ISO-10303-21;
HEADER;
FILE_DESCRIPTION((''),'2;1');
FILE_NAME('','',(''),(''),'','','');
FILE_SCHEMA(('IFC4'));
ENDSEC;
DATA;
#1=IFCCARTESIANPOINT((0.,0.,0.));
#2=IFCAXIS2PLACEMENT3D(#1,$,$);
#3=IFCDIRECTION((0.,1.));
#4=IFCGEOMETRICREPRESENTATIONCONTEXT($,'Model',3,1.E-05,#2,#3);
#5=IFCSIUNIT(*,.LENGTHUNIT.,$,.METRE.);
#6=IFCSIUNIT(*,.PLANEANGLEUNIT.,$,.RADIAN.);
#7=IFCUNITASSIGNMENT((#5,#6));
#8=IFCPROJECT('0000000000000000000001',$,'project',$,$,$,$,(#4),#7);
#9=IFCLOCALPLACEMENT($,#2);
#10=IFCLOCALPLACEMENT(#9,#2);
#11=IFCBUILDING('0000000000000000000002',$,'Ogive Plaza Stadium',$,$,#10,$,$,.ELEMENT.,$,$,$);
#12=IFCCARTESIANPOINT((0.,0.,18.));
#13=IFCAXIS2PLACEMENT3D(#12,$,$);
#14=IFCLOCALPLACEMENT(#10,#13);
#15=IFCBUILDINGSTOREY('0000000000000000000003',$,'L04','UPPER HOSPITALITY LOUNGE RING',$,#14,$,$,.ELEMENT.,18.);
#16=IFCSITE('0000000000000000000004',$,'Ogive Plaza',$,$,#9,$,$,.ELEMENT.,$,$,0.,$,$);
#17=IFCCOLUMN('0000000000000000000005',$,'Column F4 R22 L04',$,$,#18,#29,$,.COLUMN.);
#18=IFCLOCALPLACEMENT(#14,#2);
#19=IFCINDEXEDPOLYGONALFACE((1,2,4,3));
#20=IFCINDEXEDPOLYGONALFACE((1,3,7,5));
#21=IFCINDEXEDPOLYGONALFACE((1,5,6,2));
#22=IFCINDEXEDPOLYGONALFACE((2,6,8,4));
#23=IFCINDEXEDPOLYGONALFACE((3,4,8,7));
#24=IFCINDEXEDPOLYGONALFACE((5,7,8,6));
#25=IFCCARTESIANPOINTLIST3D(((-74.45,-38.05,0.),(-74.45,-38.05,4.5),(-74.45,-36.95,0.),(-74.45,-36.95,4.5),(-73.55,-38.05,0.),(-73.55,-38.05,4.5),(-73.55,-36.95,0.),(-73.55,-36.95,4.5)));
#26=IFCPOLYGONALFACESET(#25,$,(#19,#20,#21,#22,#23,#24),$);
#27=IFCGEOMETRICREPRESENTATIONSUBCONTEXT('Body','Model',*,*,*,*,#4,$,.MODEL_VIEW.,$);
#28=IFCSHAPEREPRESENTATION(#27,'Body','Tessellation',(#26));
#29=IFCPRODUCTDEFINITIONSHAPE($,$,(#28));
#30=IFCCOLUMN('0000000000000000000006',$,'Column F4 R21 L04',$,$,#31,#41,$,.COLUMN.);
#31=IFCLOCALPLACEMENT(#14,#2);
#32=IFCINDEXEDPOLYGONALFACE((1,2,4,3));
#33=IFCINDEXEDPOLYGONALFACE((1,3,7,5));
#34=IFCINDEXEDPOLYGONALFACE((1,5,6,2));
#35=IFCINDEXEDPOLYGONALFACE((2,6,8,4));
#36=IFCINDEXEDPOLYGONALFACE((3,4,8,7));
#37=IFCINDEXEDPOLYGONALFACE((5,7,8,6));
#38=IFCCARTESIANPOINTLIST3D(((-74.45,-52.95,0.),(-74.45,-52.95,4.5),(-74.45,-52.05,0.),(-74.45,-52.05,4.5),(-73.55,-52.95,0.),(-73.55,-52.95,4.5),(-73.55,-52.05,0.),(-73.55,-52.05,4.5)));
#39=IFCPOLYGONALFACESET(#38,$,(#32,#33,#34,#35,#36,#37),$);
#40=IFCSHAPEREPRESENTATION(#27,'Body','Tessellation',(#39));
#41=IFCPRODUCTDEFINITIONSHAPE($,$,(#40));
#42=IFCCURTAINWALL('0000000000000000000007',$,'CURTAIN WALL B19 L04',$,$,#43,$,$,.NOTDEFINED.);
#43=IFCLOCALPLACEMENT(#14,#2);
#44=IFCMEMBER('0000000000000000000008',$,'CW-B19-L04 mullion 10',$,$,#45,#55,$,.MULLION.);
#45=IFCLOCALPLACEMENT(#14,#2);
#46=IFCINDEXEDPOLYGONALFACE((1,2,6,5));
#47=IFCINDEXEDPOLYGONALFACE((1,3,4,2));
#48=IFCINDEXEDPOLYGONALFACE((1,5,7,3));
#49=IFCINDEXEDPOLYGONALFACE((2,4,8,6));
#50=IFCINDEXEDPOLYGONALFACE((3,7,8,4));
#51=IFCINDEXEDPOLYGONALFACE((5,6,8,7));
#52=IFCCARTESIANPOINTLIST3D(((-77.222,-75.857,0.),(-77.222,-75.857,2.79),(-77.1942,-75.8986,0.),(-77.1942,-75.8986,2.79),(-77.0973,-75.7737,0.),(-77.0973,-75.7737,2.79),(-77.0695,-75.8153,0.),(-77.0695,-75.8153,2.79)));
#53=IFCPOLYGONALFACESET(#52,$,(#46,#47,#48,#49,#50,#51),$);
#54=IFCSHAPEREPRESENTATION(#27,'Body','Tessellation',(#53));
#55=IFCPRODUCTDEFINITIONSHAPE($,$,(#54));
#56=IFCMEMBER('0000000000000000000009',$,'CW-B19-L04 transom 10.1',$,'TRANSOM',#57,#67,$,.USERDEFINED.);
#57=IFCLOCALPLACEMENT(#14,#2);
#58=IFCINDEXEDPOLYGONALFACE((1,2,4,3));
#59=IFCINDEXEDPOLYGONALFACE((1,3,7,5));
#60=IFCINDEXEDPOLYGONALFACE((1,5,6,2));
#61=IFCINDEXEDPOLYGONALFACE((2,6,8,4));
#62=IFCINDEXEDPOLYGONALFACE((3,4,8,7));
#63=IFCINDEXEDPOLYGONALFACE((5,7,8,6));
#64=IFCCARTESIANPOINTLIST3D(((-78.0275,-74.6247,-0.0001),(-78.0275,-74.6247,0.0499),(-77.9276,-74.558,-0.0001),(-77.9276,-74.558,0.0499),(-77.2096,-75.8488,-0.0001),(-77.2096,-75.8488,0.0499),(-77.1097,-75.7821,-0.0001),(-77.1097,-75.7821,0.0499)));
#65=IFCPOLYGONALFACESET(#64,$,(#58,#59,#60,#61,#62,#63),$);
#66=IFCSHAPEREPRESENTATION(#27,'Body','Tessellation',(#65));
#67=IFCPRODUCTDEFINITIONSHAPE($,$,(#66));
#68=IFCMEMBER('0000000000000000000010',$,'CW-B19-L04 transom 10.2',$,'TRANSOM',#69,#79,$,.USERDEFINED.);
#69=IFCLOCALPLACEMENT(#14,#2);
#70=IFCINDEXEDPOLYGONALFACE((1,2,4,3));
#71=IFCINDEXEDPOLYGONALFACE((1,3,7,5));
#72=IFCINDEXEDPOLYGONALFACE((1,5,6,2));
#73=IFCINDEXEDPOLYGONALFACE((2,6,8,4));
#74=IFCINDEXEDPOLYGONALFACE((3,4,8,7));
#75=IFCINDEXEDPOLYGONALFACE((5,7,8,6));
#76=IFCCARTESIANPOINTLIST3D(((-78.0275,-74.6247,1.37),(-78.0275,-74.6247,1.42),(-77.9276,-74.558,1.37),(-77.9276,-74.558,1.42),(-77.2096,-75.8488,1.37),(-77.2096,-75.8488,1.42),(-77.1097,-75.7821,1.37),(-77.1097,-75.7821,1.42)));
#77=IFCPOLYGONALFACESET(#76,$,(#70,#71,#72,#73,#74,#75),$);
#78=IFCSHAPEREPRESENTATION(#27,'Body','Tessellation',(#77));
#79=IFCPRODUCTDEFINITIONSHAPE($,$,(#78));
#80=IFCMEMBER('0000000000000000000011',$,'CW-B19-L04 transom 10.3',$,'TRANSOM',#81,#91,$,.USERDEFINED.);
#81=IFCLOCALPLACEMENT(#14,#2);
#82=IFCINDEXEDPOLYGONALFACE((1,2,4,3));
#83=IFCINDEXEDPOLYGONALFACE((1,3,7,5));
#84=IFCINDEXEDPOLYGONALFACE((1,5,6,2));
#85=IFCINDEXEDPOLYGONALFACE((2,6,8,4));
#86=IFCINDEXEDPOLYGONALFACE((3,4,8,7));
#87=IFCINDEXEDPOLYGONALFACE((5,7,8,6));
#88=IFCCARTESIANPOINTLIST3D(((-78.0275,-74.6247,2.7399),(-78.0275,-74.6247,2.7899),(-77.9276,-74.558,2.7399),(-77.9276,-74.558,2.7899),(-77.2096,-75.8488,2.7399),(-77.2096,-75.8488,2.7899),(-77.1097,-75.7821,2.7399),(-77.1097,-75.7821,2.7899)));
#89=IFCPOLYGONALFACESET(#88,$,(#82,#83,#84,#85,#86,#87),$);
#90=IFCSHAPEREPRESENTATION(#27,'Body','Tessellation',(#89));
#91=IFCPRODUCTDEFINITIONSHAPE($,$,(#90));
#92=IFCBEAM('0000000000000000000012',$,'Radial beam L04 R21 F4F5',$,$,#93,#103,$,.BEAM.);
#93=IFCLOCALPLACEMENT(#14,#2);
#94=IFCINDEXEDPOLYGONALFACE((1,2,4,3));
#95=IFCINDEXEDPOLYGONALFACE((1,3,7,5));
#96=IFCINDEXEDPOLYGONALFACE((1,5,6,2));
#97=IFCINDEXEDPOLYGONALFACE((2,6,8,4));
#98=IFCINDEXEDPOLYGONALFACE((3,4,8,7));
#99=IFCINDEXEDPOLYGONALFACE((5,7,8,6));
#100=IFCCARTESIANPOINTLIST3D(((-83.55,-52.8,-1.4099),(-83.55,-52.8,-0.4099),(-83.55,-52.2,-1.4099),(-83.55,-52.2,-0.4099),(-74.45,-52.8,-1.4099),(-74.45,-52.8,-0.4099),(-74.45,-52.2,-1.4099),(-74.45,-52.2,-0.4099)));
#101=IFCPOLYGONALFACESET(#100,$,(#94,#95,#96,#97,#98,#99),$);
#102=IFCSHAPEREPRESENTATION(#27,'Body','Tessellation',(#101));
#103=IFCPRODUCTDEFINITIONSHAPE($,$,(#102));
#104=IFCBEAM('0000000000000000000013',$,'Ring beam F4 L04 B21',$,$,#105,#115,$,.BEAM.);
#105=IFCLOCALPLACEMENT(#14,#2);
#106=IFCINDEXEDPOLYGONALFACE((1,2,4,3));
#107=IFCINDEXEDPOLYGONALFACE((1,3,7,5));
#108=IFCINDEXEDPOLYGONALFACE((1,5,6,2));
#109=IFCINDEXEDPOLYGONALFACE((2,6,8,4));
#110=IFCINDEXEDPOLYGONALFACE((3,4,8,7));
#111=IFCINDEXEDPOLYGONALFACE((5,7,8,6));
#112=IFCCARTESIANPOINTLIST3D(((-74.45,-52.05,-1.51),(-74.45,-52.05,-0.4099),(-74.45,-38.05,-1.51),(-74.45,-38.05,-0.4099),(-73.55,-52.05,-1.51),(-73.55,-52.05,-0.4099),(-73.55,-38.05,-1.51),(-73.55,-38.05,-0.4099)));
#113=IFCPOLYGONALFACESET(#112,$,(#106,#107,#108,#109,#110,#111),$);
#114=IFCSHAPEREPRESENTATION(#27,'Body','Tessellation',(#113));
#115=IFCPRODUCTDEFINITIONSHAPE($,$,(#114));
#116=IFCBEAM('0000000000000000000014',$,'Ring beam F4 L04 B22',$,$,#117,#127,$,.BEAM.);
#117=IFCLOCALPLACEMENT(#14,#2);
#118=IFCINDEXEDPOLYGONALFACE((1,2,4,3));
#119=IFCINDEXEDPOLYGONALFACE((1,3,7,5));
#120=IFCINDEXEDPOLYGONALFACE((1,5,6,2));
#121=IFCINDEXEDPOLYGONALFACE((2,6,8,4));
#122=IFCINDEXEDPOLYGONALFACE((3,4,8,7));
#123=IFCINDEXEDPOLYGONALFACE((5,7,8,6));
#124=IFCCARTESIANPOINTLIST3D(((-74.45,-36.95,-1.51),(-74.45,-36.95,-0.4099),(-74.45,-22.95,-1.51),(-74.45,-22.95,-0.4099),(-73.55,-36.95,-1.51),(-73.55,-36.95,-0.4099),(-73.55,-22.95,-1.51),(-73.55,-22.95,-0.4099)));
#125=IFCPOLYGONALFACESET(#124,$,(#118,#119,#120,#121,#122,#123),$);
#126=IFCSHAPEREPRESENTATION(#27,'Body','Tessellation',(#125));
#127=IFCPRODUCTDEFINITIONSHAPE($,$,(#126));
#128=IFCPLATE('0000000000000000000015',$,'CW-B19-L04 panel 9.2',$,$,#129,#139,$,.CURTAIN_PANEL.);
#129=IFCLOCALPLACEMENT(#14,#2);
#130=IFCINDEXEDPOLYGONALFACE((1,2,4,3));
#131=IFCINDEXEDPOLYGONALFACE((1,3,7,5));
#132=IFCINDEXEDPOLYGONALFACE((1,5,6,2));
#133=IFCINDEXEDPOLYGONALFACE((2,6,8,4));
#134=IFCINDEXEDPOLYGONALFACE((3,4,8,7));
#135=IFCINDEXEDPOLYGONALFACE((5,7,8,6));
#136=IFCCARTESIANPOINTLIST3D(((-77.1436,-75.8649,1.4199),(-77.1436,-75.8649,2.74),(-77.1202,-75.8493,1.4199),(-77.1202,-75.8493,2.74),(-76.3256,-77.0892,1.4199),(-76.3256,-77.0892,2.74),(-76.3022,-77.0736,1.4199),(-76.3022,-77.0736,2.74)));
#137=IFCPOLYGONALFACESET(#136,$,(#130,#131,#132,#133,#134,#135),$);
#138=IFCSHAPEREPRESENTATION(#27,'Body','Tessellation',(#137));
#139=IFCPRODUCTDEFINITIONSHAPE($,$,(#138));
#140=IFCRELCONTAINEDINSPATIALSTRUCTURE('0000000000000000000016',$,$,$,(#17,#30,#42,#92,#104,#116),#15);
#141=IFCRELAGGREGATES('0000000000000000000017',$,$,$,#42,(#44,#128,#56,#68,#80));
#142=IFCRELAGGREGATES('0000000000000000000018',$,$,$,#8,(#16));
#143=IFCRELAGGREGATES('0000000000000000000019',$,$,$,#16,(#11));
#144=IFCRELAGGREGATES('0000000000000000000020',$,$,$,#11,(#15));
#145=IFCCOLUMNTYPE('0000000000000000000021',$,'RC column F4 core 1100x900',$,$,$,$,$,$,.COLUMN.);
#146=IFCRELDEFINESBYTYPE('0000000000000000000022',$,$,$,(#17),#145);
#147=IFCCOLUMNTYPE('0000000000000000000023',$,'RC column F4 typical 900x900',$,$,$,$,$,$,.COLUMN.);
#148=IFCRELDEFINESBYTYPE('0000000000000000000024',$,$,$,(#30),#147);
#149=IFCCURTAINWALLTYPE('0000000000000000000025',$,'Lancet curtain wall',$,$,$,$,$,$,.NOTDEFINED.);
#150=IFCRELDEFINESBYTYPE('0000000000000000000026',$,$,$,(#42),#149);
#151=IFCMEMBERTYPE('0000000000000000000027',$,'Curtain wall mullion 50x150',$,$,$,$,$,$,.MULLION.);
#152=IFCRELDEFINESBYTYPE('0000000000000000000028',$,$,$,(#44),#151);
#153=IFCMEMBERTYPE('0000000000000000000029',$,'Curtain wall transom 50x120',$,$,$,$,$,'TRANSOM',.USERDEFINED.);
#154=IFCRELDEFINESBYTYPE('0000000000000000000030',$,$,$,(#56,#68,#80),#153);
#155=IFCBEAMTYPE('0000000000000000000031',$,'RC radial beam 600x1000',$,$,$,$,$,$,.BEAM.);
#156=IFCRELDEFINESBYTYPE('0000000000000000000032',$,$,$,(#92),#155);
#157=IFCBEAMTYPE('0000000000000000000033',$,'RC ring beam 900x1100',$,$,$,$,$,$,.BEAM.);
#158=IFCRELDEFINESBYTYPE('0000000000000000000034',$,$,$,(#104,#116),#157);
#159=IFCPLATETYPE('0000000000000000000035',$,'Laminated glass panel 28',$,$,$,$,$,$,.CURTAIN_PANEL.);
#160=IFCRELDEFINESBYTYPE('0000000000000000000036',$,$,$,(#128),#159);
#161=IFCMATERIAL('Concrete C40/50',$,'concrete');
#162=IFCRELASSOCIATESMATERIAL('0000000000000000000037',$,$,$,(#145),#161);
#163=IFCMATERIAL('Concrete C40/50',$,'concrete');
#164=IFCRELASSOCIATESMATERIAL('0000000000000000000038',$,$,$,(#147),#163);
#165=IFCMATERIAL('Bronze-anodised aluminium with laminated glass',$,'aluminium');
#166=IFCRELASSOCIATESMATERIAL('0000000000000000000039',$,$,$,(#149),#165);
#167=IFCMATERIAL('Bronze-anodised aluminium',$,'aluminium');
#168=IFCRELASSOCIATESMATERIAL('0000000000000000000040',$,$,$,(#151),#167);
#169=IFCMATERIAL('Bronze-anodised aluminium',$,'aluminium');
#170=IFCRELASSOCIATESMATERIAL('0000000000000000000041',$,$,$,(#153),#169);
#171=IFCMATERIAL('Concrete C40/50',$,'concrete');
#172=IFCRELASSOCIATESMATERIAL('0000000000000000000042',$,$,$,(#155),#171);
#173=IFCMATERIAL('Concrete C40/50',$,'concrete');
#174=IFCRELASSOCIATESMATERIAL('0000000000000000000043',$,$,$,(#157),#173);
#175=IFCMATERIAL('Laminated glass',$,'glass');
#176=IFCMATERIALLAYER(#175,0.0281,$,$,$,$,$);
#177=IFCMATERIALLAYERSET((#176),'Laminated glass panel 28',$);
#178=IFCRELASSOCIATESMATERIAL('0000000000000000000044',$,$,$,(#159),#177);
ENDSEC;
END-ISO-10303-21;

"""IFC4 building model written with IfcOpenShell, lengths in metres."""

from ifc_helpers import new_model, si_unit, direction, frame, origin, origin_2d, place, context, subcontext, project, spatial, rectangle, extrude, material, layer, layer_set, material_profile, profile_set, type_object, element, aggregate, save


model = new_model("IFC4")

# Units and contexts
model_context = context("Model", 3, precision=1e-05, world=origin(), true_north=direction((0.0, 1.0)))
body_context = subcontext(model_context, "Body", "Model", "MODEL_VIEW")
ifc_project = project(units=[si_unit("LENGTHUNIT", "METRE"), si_unit("PLANEANGLEUNIT", "RADIAN")], contexts=[model_context])

# Site, building, storey
site_placement = place(None, origin())
site = spatial("IfcSite", under=ifc_project, at=site_placement, Name="Ogive Plaza", CompositionType="ELEMENT", RefElevation=0.0)
building_placement = place(site_placement, origin())
building = spatial("IfcBuilding", under=site, at=building_placement, Name="Ogive Plaza Stadium", CompositionType="ELEMENT")
storey_placement = place(building_placement, frame((0.0, 0.0, 18.0)))
storey = spatial("IfcBuildingStorey", under=building, at=storey_placement, Name="L04", Description="UPPER HOSPITALITY LOUNGE RING", CompositionType="ELEMENT", Elevation=18.0)

# Columns
ifc_material_1 = material(Name="Concrete C40/50", Category="concrete")
ifc_material_profile_1 = material_profile(ifc_material_1, rectangle(XDim=1.1001, YDim=0.8999, at=origin_2d()), Name="RC 1100x900")
ifc_profile_set_1 = profile_set([ifc_material_profile_1], Name="Concrete C40/50")
column_type_1 = type_object("IfcColumnType", Name="RC column F4 core 1100x900", PredefinedType="COLUMN", material=ifc_profile_set_1)
column_1_placement = place(storey_placement, frame((-74.0, -37.5, 0.0), z_axis=(0.0, 0.0, 1.0), x_axis=(0.0, -1.0, 0.0)))
element("IfcColumn", 1, at=column_1_placement, inside=storey, type_object=column_type_1, Name="Column F4 R22 L04", PredefinedType="COLUMN", context=body_context, shape_type="SweptSolid", body=[
    extrude(rectangle(XDim=1.1001, YDim=0.8999, at=origin_2d()), origin(), (0.0, 0.0, 1.0), 4.5),
])
ifc_material_2 = material(Name="Concrete C40/50", Category="concrete")
ifc_material_profile_2 = material_profile(ifc_material_2, rectangle(XDim=0.8999, YDim=0.8999, at=origin_2d()), Name="RC 900x900")
ifc_profile_set_2 = profile_set([ifc_material_profile_2], Name="Concrete C40/50")
column_type_2 = type_object("IfcColumnType", Name="RC column F4 typical 900x900", PredefinedType="COLUMN", material=ifc_profile_set_2)
column_2_placement = place(storey_placement, frame((-74.0, -52.5, 0.0), z_axis=(0.0, 0.0, 1.0), x_axis=(0.0, -1.0, 0.0)))
element("IfcColumn", 2, at=column_2_placement, inside=storey, type_object=column_type_2, Name="Column F4 R21 L04", PredefinedType="COLUMN", context=body_context, shape_type="SweptSolid", body=[
    extrude(rectangle(XDim=0.8999, YDim=0.8999, at=origin_2d()), origin(), (0.0, 0.0, 1.0), 4.5),
])

# Curtain wall, members
ifc_material_3 = material(Name="Bronze-anodised aluminium with laminated glass", Category="aluminium")
curtain_wall_type = type_object("IfcCurtainWallType", Name="Lancet curtain wall", PredefinedType="NOTDEFINED", material=ifc_material_3)
curtain_wall_placement = place(storey_placement, origin())
curtain_wall = element("IfcCurtainWall", 3, at=curtain_wall_placement, inside=storey, type_object=curtain_wall_type, Name="CURTAIN WALL B19 L04", PredefinedType="NOTDEFINED")
ifc_material_4 = material(Name="Bronze-anodised aluminium", Category="aluminium")
ifc_material_profile_3 = material_profile(ifc_material_4, rectangle(XDim=0.1499, YDim=0.05, at=origin_2d()), Name="AL 150x50")
ifc_profile_set_3 = profile_set([ifc_material_profile_3], Name="Bronze-anodised aluminium")
member_type_1 = type_object("IfcMemberType", Name="Curtain wall mullion 50x150", PredefinedType="MULLION", material=ifc_profile_set_3)
member_1_placement = place(storey_placement, frame((-77.1458, -75.8362, 0.0), z_axis=(0.0, 0.0, 1.0), x_axis=(-0.83147, -0.55557, 0.0)))
member_1 = element("IfcMember", 4, at=member_1_placement, type_object=member_type_1, Name="CW-B19-L04 mullion 10", PredefinedType="MULLION", context=body_context, shape_type="SweptSolid", body=[
    extrude(rectangle(XDim=0.1499, YDim=0.05, at=origin_2d()), origin(), (0.0, 0.0, 1.0), 2.79),
])
ifc_material_5 = material(Name="Bronze-anodised aluminium", Category="aluminium")
ifc_material_profile_4 = material_profile(ifc_material_5, rectangle(XDim=0.1201, YDim=0.05, at=origin_2d()), Name="AL 120x50")
ifc_profile_set_4 = profile_set([ifc_material_profile_4], Name="Bronze-anodised aluminium")
member_type_2 = type_object("IfcMemberType", Name="Curtain wall transom 50x120", ElementType="TRANSOM", PredefinedType="USERDEFINED", material=ifc_profile_set_4)
member_2_placement = place(storey_placement, frame((-77.1597, -75.8154, 0.0249), z_axis=(-0.555542, 0.831489, 0.0), x_axis=(-0.831489, -0.555542, 0.0)))
member_2 = element("IfcMember", 5, at=member_2_placement, type_object=member_type_2, Name="CW-B19-L04 transom 10.1", ObjectType="TRANSOM", PredefinedType="USERDEFINED", context=body_context, shape_type="SweptSolid", body=[
    extrude(rectangle(XDim=0.1201, YDim=0.05, at=origin_2d()), origin(), (0.0, 0.0, 1.0), 1.4722),
])
member_3_placement = place(storey_placement, frame((-77.1597, -75.8154, 1.395), z_axis=(-0.555542, 0.831489, 0.0), x_axis=(-0.831489, -0.555542, 0.0)))
member_3 = element("IfcMember", 6, at=member_3_placement, type_object=member_type_2, Name="CW-B19-L04 transom 10.2", ObjectType="TRANSOM", PredefinedType="USERDEFINED", context=body_context, shape_type="SweptSolid", body=[
    extrude(rectangle(XDim=0.1201, YDim=0.05, at=origin_2d()), origin(), (0.0, 0.0, 1.0), 1.4722),
])
member_4_placement = place(storey_placement, frame((-77.1597, -75.8154, 2.7649), z_axis=(-0.555542, 0.831489, 0.0), x_axis=(-0.831489, -0.555542, 0.0)))
member_4 = element("IfcMember", 7, at=member_4_placement, type_object=member_type_2, Name="CW-B19-L04 transom 10.3", ObjectType="TRANSOM", PredefinedType="USERDEFINED", context=body_context, shape_type="SweptSolid", body=[
    extrude(rectangle(XDim=0.1201, YDim=0.05, at=origin_2d()), origin(), (0.0, 0.0, 1.0), 1.4722),
])

# Beams
ifc_material_6 = material(Name="Concrete C40/50", Category="concrete")
ifc_material_profile_5 = material_profile(ifc_material_6, rectangle(XDim=0.6001, YDim=1.0, at=origin_2d()), Name="RC 600x1000")
ifc_profile_set_5 = profile_set([ifc_material_profile_5], Name="Concrete C40/50")
beam_type_1 = type_object("IfcBeamType", Name="RC radial beam 600x1000", PredefinedType="BEAM", material=ifc_profile_set_5)
beam_placement = place(storey_placement, frame((-74.45, -52.5, -0.9099), z_axis=(-1.0, 0.0, 0.0), x_axis=(0.0, -1.0, 0.0)))
element("IfcBeam", 8, at=beam_placement, inside=storey, type_object=beam_type_1, Name="Radial beam L04 R21 F4F5", PredefinedType="BEAM", context=body_context, shape_type="SweptSolid", body=[
    extrude(rectangle(XDim=0.6001, YDim=1.0, at=origin_2d()), origin(), (0.0, 0.0, 1.0), 9.1001),
])
ifc_material_7 = material(Name="Concrete C40/50", Category="concrete")
ifc_material_profile_6 = material_profile(ifc_material_7, rectangle(XDim=0.8999, YDim=1.1001, at=origin_2d()), Name="RC 900x1100")
ifc_profile_set_6 = profile_set([ifc_material_profile_6], Name="Concrete C40/50")
beam_type_2 = type_object("IfcBeamType", Name="RC ring beam 900x1100", PredefinedType="BEAM", material=ifc_profile_set_6)
for number, where, z_axis, x_axis, name in (
    (9, (-74.0, -52.05, -0.96), (0.0, 1.0, 0.0), (-1.0, 0.0, 0.0), "Ring beam F4 L04 B21"),
    (10, (-74.0, -36.95, -0.96), (0.0, 1.0, 0.0), (-1.0, 0.0, 0.0), "Ring beam F4 L04 B22"),
):
    element("IfcBeam", number, at=place(storey_placement, frame(where, z_axis=z_axis, x_axis=x_axis)), inside=storey, type_object=beam_type_2, Name=name, PredefinedType="BEAM", context=body_context, shape_type="SweptSolid", body=[
        extrude(rectangle(XDim=0.8999, YDim=1.1001, at=origin_2d()), origin(), (0.0, 0.0, 1.0), 14.0),
    ])

# Plate
ifc_material_8 = material(Name="Laminated glass", Category="glass")
ifc_layer_1 = layer(ifc_material_8, 0.0281)
ifc_layer_set_1 = layer_set([ifc_layer_1], Name="Laminated glass panel 28")
plate_type = type_object("IfcPlateType", Name="Laminated glass panel 28", PredefinedType="CURTAIN_PANEL", material=ifc_layer_set_1)
plate_placement = place(storey_placement, frame((-76.7229, -76.4692, 1.4199), z_axis=(0.0, 0.0, 1.0), x_axis=(-0.55557, 0.83147, 0.0)))
plate = element("IfcPlate", 11, at=plate_placement, type_object=plate_type, Name="CW-B19-L04 panel 9.2", PredefinedType="CURTAIN_PANEL", context=body_context, shape_type="SweptSolid", body=[
    extrude(rectangle(XDim=1.4724, YDim=0.0281, at=origin_2d()), origin(), (0.0, 0.0, 1.0), 1.3201),
])
aggregate(curtain_wall, [member_1, plate, member_2, member_3, member_4])

save(model, "model.ifc")
